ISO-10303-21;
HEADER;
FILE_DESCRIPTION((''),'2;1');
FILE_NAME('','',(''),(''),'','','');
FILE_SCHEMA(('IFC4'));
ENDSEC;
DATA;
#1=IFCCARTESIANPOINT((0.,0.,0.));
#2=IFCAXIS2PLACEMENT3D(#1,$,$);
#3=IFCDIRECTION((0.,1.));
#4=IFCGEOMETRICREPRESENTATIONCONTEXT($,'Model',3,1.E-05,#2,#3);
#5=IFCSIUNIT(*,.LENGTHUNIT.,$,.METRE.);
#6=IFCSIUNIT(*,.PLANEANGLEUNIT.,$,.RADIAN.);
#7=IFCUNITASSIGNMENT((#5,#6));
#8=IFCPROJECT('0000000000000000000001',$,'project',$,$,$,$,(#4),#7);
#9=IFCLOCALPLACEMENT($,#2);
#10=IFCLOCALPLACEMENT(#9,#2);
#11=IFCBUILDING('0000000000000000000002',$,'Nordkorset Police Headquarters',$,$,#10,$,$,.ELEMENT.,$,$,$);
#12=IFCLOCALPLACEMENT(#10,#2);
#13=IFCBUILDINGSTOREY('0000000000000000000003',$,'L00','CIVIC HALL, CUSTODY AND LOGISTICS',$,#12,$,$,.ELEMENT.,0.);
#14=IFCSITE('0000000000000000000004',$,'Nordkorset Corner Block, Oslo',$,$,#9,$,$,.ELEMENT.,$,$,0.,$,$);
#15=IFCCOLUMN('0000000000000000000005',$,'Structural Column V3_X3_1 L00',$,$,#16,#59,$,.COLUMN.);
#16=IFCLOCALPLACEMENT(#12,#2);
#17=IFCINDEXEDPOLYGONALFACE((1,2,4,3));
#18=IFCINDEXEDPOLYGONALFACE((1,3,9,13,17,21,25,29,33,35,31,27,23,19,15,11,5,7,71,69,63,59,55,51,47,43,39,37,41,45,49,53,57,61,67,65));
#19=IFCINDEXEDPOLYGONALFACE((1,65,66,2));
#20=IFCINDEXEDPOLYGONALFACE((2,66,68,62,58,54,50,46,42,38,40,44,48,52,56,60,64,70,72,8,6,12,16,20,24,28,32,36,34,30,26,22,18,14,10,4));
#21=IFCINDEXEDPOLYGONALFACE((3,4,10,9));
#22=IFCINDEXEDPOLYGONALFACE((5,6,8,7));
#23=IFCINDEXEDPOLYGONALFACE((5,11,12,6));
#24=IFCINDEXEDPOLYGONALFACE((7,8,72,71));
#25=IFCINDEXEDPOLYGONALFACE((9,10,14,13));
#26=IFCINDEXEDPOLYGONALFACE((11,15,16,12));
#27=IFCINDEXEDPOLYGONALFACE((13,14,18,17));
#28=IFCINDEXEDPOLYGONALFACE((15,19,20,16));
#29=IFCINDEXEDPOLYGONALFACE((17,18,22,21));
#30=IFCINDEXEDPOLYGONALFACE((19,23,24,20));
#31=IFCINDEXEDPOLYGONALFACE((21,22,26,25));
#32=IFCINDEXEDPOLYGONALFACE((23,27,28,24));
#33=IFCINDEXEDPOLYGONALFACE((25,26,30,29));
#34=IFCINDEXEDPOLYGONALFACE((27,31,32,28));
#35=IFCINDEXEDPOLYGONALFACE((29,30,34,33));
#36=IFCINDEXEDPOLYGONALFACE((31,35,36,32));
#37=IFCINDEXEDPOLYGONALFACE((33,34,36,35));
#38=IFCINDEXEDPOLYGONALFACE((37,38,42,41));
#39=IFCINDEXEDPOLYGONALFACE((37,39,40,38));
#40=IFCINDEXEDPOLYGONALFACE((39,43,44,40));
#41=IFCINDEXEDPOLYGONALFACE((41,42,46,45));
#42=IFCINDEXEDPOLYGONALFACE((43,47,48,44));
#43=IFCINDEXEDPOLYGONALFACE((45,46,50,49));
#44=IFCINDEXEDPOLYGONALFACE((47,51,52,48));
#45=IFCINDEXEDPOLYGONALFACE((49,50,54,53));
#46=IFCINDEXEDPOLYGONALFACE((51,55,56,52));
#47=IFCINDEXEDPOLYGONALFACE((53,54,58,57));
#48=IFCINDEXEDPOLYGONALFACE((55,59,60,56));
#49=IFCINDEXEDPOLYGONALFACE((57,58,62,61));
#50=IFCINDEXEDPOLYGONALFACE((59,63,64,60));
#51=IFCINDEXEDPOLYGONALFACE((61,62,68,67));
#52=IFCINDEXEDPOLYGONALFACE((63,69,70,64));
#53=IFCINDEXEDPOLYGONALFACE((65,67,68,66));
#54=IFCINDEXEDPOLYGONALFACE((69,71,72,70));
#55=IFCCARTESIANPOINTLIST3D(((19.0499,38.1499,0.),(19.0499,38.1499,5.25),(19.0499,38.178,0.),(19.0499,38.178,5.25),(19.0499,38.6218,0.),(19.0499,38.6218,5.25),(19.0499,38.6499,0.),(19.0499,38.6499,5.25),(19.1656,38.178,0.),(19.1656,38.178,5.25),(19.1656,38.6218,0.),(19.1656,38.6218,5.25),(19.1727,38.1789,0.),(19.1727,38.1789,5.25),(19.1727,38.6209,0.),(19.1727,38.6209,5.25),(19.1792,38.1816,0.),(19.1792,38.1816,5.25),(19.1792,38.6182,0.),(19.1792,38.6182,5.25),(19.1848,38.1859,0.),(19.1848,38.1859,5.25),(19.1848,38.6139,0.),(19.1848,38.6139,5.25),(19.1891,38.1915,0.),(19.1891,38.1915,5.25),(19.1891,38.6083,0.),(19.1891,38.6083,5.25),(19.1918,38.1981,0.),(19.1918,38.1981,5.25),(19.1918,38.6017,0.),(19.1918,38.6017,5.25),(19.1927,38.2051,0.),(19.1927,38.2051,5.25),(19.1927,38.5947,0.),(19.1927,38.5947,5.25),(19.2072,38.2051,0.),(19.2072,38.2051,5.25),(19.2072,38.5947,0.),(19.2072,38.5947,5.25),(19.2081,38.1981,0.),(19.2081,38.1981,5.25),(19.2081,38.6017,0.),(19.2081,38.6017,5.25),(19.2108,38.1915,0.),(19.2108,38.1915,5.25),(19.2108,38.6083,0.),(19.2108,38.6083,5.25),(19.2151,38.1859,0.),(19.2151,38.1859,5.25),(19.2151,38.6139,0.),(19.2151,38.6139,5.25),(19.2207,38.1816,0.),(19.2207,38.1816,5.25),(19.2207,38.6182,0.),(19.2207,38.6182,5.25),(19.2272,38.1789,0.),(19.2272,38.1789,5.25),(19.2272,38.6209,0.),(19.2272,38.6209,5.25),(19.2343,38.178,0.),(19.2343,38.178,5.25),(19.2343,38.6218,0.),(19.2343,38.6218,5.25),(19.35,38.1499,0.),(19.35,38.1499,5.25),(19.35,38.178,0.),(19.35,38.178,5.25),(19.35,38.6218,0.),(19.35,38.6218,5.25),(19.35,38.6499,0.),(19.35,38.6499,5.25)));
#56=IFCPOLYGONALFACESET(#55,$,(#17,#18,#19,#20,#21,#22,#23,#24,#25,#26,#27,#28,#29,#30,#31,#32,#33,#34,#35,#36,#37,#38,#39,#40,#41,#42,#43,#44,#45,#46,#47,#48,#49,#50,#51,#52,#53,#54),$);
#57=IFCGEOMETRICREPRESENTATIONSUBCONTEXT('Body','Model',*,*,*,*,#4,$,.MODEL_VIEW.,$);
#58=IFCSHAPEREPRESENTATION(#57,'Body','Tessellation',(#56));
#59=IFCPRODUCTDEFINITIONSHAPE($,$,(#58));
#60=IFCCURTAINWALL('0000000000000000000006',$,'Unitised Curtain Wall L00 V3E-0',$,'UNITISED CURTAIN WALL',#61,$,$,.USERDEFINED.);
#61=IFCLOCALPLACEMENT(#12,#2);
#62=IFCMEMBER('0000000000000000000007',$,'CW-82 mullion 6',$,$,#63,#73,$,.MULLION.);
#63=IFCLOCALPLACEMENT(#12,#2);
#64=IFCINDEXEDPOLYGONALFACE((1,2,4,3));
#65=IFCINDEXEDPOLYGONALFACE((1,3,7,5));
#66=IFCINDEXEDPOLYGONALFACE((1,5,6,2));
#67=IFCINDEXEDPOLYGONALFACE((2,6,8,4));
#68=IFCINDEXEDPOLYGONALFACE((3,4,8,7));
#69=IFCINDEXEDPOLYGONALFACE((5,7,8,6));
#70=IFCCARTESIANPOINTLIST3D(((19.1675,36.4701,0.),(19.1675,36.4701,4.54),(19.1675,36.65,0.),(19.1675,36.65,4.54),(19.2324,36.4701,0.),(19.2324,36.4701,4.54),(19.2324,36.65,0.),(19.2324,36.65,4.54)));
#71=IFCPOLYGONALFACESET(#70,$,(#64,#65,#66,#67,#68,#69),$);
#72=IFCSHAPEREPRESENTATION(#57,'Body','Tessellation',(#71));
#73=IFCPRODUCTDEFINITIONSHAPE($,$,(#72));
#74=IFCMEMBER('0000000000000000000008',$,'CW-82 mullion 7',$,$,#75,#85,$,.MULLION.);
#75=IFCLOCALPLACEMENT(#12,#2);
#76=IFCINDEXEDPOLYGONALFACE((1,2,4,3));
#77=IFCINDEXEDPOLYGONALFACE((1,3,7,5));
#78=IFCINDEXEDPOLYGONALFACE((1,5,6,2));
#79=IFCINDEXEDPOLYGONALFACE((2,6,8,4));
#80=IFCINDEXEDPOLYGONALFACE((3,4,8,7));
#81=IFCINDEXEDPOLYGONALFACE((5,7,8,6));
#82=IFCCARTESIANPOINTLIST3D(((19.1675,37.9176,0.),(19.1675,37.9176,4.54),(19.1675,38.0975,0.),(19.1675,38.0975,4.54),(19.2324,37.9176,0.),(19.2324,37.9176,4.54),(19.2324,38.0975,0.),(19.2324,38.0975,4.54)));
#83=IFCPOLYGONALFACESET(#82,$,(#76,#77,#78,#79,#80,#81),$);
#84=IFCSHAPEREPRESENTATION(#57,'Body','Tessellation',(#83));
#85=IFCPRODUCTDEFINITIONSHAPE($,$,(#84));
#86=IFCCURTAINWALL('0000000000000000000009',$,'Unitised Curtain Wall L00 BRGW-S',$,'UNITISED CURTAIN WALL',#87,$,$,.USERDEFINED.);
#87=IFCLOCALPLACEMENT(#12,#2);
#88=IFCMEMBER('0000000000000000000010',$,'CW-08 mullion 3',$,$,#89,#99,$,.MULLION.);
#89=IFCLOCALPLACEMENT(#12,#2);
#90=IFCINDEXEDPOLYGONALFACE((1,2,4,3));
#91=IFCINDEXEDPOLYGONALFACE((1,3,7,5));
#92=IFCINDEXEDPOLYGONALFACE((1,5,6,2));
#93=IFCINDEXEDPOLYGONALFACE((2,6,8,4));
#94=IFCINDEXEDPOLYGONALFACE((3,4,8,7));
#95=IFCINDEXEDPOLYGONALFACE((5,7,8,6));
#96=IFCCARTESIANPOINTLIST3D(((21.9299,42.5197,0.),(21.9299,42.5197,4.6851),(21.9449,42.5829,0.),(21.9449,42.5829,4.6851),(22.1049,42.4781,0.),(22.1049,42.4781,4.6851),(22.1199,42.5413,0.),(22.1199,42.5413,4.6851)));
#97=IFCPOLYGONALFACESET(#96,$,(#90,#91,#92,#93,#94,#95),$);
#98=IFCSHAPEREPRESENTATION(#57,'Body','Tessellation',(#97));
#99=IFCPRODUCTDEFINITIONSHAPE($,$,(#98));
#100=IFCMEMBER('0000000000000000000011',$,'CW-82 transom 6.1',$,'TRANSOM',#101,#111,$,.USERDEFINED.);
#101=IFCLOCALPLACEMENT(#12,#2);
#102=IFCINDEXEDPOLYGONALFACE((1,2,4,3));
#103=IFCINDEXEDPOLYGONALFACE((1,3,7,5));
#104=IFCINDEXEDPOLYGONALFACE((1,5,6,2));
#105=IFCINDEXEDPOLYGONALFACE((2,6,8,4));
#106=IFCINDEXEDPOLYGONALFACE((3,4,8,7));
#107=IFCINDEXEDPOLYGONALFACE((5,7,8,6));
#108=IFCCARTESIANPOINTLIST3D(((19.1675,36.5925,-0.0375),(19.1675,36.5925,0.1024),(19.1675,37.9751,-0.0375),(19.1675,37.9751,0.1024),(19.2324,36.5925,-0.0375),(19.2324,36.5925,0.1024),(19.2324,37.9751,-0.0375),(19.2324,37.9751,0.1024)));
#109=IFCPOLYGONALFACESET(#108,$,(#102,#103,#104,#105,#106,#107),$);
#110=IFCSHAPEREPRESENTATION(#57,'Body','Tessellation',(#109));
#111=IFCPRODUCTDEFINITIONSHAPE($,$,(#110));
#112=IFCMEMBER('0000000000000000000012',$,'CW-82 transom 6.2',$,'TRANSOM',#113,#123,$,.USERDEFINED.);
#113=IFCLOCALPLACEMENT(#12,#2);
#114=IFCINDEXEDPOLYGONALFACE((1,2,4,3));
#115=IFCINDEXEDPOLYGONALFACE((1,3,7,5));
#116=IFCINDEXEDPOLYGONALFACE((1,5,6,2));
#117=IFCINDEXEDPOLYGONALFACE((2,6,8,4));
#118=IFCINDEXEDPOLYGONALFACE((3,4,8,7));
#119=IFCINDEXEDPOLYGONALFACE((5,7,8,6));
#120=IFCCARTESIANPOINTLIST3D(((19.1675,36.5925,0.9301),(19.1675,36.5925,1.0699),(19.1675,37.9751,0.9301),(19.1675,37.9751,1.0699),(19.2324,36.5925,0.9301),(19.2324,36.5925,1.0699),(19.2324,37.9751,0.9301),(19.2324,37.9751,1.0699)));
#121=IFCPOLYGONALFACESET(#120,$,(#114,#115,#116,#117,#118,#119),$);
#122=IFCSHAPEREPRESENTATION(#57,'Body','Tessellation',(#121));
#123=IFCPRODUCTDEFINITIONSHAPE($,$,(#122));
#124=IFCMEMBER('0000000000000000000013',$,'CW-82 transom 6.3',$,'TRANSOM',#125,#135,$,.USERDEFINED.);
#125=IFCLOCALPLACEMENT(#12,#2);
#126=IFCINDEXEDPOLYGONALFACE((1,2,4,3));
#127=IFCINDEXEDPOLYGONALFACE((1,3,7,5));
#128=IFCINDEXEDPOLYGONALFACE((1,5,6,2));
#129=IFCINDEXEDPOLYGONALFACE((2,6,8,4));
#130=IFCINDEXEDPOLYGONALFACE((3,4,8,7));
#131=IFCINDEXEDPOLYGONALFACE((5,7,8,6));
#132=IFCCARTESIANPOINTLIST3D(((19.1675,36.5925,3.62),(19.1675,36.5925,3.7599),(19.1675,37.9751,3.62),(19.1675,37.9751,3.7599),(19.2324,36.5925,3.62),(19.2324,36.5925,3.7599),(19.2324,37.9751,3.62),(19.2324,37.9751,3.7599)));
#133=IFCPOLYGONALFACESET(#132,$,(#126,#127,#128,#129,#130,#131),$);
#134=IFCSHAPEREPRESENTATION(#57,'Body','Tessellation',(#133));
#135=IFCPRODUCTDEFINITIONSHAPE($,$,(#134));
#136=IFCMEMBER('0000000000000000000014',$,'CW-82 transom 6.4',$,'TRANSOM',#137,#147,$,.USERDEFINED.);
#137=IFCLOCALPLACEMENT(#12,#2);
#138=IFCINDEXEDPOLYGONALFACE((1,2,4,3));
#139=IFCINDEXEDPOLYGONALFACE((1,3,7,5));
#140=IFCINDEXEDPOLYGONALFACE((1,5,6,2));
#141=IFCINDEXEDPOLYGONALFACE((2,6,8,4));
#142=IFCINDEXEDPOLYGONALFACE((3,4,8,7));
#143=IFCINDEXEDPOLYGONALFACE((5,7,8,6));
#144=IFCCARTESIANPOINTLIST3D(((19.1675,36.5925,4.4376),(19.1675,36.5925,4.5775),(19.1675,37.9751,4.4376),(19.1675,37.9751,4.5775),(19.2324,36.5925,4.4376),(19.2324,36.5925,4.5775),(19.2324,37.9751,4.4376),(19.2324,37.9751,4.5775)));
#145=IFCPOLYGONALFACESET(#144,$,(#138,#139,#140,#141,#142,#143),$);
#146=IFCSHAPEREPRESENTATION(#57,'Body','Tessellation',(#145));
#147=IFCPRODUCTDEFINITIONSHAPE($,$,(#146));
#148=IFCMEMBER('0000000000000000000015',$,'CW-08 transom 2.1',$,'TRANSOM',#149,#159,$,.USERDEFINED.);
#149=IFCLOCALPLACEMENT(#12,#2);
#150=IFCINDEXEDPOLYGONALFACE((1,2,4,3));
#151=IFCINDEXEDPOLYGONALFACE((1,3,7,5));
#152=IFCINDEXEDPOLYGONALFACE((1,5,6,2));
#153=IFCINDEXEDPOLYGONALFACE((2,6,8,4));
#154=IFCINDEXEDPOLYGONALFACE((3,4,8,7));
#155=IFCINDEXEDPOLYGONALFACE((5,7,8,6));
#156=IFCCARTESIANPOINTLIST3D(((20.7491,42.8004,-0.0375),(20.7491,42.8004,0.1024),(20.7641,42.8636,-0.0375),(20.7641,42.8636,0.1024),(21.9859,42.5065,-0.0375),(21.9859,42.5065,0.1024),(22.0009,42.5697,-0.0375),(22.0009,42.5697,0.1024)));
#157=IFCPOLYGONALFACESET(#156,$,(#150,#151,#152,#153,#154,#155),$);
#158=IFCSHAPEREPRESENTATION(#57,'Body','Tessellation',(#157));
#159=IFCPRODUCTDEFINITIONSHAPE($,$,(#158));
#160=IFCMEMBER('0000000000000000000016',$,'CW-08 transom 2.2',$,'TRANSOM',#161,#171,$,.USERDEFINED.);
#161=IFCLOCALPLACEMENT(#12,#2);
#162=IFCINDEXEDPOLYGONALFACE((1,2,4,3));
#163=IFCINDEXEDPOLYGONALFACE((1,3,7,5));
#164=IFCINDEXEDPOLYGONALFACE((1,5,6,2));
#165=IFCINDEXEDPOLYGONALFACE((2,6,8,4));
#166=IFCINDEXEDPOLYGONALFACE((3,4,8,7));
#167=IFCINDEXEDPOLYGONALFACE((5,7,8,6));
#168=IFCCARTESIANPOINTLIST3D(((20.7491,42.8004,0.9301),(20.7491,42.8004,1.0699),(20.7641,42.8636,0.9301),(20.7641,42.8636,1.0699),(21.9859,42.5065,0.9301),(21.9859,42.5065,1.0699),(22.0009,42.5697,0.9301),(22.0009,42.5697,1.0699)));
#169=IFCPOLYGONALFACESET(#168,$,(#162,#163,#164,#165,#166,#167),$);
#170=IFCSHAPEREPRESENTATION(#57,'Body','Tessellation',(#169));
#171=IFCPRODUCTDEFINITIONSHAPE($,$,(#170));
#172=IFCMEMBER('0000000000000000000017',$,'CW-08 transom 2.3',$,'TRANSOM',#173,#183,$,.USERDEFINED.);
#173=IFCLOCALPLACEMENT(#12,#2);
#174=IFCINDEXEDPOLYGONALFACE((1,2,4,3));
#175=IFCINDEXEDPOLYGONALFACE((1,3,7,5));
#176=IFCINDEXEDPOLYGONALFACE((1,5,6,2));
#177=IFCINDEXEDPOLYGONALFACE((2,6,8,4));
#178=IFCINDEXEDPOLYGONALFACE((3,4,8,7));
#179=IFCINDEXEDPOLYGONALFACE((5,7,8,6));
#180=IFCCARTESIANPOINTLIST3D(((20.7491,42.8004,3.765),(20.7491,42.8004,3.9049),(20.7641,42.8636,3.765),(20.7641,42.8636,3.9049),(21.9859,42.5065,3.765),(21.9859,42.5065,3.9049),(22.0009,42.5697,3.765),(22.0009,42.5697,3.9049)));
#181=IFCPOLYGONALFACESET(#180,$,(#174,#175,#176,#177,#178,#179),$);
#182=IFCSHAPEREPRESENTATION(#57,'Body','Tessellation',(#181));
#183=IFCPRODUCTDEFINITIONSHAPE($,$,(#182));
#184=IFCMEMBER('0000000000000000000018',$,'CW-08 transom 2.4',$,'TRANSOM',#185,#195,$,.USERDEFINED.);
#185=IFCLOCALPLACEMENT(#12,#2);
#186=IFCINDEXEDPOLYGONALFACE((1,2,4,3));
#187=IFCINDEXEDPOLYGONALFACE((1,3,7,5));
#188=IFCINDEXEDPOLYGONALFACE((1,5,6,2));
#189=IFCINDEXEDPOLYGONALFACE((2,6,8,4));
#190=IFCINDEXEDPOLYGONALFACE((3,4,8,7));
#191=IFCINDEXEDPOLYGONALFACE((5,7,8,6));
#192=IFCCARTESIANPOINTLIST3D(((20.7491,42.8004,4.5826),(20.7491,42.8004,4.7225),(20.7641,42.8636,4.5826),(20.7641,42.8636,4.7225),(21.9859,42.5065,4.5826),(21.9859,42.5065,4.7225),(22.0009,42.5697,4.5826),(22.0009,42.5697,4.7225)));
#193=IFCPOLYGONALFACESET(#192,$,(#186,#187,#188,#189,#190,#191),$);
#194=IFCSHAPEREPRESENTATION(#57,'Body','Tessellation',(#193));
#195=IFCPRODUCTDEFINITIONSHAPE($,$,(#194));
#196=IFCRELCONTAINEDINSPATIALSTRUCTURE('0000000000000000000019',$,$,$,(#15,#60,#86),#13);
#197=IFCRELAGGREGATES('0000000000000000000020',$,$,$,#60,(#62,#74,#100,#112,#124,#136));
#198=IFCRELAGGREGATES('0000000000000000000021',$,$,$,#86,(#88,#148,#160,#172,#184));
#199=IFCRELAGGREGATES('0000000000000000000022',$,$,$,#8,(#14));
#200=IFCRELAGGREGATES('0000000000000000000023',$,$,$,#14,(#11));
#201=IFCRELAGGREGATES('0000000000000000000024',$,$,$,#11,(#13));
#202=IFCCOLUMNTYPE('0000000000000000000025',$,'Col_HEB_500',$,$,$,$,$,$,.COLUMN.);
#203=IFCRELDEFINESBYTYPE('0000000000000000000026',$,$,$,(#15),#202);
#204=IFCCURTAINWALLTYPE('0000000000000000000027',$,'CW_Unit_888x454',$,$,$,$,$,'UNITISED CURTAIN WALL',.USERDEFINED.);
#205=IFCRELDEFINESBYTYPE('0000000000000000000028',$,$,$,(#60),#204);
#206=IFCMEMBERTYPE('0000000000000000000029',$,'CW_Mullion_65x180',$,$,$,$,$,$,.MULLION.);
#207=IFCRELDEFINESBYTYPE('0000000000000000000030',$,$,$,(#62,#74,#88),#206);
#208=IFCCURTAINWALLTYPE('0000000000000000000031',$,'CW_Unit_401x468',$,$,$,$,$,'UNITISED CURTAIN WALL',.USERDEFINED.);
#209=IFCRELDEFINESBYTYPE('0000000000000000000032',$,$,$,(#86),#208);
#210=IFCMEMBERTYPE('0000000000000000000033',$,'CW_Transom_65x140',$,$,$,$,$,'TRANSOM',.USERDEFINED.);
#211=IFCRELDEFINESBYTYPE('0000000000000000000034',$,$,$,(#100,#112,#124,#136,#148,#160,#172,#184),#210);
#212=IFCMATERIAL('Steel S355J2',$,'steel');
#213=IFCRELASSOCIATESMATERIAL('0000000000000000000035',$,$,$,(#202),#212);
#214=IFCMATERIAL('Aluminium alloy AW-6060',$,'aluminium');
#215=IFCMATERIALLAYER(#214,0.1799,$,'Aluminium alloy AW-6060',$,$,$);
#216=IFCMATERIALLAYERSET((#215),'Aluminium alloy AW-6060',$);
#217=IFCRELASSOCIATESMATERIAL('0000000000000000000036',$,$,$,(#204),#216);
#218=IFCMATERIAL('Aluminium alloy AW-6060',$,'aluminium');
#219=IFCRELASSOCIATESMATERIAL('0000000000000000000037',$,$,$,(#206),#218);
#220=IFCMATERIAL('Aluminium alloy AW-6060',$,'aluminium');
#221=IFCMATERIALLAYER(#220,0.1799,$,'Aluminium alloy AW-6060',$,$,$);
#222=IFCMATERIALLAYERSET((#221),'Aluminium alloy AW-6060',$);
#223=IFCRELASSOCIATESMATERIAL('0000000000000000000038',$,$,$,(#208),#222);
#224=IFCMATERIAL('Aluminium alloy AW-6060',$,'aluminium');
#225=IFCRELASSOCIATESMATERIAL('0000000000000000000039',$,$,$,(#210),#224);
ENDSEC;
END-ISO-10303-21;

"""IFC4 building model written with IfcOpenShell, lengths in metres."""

from ifc_helpers import new_model, si_unit, direction, frame, origin, origin_2d, place, context, subcontext, project, spatial, rectangle, i_section, extrude, material, layer, layer_set, material_profile, profile_set, type_object, element, aggregate, save


model = new_model("IFC4")

# Units and contexts
model_context = context("Model", 3, precision=1e-05, world=origin(), true_north=direction((0.0, 1.0)))
body_context = subcontext(model_context, "Body", "Model", "MODEL_VIEW")
ifc_project = project(units=[si_unit("LENGTHUNIT", "METRE"), si_unit("PLANEANGLEUNIT", "RADIAN")], contexts=[model_context])

# Site, building, storey
site_placement = place(None, origin())
site = spatial("IfcSite", under=ifc_project, at=site_placement, Name="Nordkorset Corner Block, Oslo", CompositionType="ELEMENT", RefElevation=0.0)
building_placement = place(site_placement, origin())
building = spatial("IfcBuilding", under=site, at=building_placement, Name="Nordkorset Police Headquarters", CompositionType="ELEMENT")
storey_placement = place(building_placement, origin())
storey = spatial("IfcBuildingStorey", under=building, at=storey_placement, Name="L00", Description="CIVIC HALL, CUSTODY AND LOGISTICS", CompositionType="ELEMENT", Elevation=0.0)

# Column
ifc_material_1 = material(Name="Steel S355J2", Category="steel")
ifc_material_profile_1 = material_profile(ifc_material_1, i_section(OverallWidth=0.3, OverallDepth=0.5, WebThickness=0.0144, FlangeThickness=0.0281, FilletRadius=0.0271, at=origin_2d()), Name="HEB 500")
ifc_profile_set_1 = profile_set([ifc_material_profile_1], Name="Steel S355J2")
column_type = type_object("IfcColumnType", Name="Col_HEB_500", PredefinedType="COLUMN", material=ifc_profile_set_1)
column_placement = place(storey_placement, frame((19.2, 38.3999, 0.0), z_axis=(0.0, 0.0, 1.0), x_axis=(1.0, 0.0, 0.0)))
element("IfcColumn", 1, at=column_placement, inside=storey, type_object=column_type, Name="Structural Column V3_X3_1 L00", PredefinedType="COLUMN", context=body_context, shape_type="SweptSolid", body=[
    extrude(i_section(OverallWidth=0.3, OverallDepth=0.5, WebThickness=0.0144, FlangeThickness=0.0281, FilletRadius=0.0271, at=origin_2d()), origin(), (0.0, 0.0, 1.0), 5.25),
])

# Curtain wall, members
ifc_material_2 = material(Name="Aluminium alloy AW-6060", Category="aluminium")
ifc_layer_1 = layer(ifc_material_2, 0.1799, Name="Aluminium alloy AW-6060")
ifc_layer_set_1 = layer_set([ifc_layer_1], Name="Aluminium alloy AW-6060")
curtain_wall_type_1 = type_object("IfcCurtainWallType", Name="CW_Unit_888x454", ElementType="UNITISED CURTAIN WALL", PredefinedType="USERDEFINED", material=ifc_layer_set_1)
curtain_wall_1_placement = place(storey_placement, origin())
curtain_wall_1 = element("IfcCurtainWall", 2, at=curtain_wall_1_placement, inside=storey, type_object=curtain_wall_type_1, Name="Unitised Curtain Wall L00 V3E-0", ObjectType="UNITISED CURTAIN WALL", PredefinedType="USERDEFINED")
ifc_material_3 = material(Name="Aluminium alloy AW-6060", Category="aluminium")
ifc_material_profile_2 = material_profile(ifc_material_3, rectangle(XDim=0.0649, YDim=0.1799, at=origin_2d()), Name="ALU MULL 65x180")
ifc_profile_set_2 = profile_set([ifc_material_profile_2], Name="Aluminium alloy AW-6060")
member_type_1 = type_object("IfcMemberType", Name="CW_Mullion_65x180", PredefinedType="MULLION", material=ifc_profile_set_2)
member_1_placement = place(storey_placement, frame((19.2, 36.5601, 0.0), z_axis=(0.0, 0.0, 1.0), x_axis=(-1.0, 0.0, 0.0)))
member_1 = element("IfcMember", 3, at=member_1_placement, type_object=member_type_1, Name="CW-82 mullion 6", PredefinedType="MULLION", context=body_context, shape_type="SweptSolid", body=[
    extrude(rectangle(XDim=0.0649, YDim=0.1799, at=origin_2d()), origin(), (0.0, 0.0, 1.0), 4.54),
])
member_2_placement = place(storey_placement, frame((19.2, 38.0076, 0.0), z_axis=(0.0, 0.0, 1.0), x_axis=(-1.0, 0.0, 0.0)))
member_2 = element("IfcMember", 4, at=member_2_placement, type_object=member_type_1, Name="CW-82 mullion 7", PredefinedType="MULLION", context=body_context, shape_type="SweptSolid", body=[
    extrude(rectangle(XDim=0.0649, YDim=0.1799, at=origin_2d()), origin(), (0.0, 0.0, 1.0), 4.54),
])

# Curtain wall, member
ifc_material_4 = material(Name="Aluminium alloy AW-6060", Category="aluminium")
ifc_layer_2 = layer(ifc_material_4, 0.1799, Name="Aluminium alloy AW-6060")
ifc_layer_set_2 = layer_set([ifc_layer_2], Name="Aluminium alloy AW-6060")
curtain_wall_type_2 = type_object("IfcCurtainWallType", Name="CW_Unit_401x468", ElementType="UNITISED CURTAIN WALL", PredefinedType="USERDEFINED", material=ifc_layer_set_2)
curtain_wall_2_placement = place(storey_placement, origin())
curtain_wall_2 = element("IfcCurtainWall", 5, at=curtain_wall_2_placement, inside=storey, type_object=curtain_wall_type_2, Name="Unitised Curtain Wall L00 BRGW-S", ObjectType="UNITISED CURTAIN WALL", PredefinedType="USERDEFINED")
member_3_placement = place(storey_placement, frame((22.0249, 42.5305, 0.0), z_axis=(0.0, 0.0, 1.0), x_axis=(0.231206, 0.972905, 0.0)))
member_3 = element("IfcMember", 6, at=member_3_placement, type_object=member_type_1, Name="CW-08 mullion 3", PredefinedType="MULLION", context=body_context, shape_type="SweptSolid", body=[
    extrude(rectangle(XDim=0.0649, YDim=0.1799, at=origin_2d()), origin(), (0.0, 0.0, 1.0), 4.6851),
])

# Members
ifc_material_5 = material(Name="Aluminium alloy AW-6060", Category="aluminium")
ifc_material_profile_3 = material_profile(ifc_material_5, rectangle(XDim=0.0649, YDim=0.1399, at=origin_2d()), Name="ALU TRAN 65x140")
ifc_profile_set_3 = profile_set([ifc_material_profile_3], Name="Aluminium alloy AW-6060")
member_type_2 = type_object("IfcMemberType", Name="CW_Transom_65x140", ElementType="TRANSOM", PredefinedType="USERDEFINED", material=ifc_profile_set_3)
member_4_placement = place(storey_placement, frame((19.2, 36.5925, 0.0325), z_axis=(0.0, 1.0, 0.0), x_axis=(-1.0, 0.0, 0.0)))
member_4 = element("IfcMember", 7, at=member_4_placement, type_object=member_type_2, Name="CW-82 transom 6.1", ObjectType="TRANSOM", PredefinedType="USERDEFINED", context=body_context, shape_type="SweptSolid", body=[
    extrude(rectangle(XDim=0.0649, YDim=0.1399, at=origin_2d()), origin(), (0.0, 0.0, 1.0), 1.3826),
])
member_5_placement = place(storey_placement, frame((19.2, 36.5925, 1.0), z_axis=(0.0, 1.0, 0.0), x_axis=(-1.0, 0.0, 0.0)))
member_5 = element("IfcMember", 8, at=member_5_placement, type_object=member_type_2, Name="CW-82 transom 6.2", ObjectType="TRANSOM", PredefinedType="USERDEFINED", context=body_context, shape_type="SweptSolid", body=[
    extrude(rectangle(XDim=0.0649, YDim=0.1399, at=origin_2d()), origin(), (0.0, 0.0, 1.0), 1.3826),
])
member_6_placement = place(storey_placement, frame((19.2, 36.5925, 3.6899), z_axis=(0.0, 1.0, 0.0), x_axis=(-1.0, 0.0, 0.0)))
member_6 = element("IfcMember", 9, at=member_6_placement, type_object=member_type_2, Name="CW-82 transom 6.3", ObjectType="TRANSOM", PredefinedType="USERDEFINED", context=body_context, shape_type="SweptSolid", body=[
    extrude(rectangle(XDim=0.0649, YDim=0.1399, at=origin_2d()), origin(), (0.0, 0.0, 1.0), 1.3826),
])
member_7_placement = place(storey_placement, frame((19.2, 36.5925, 4.5076), z_axis=(0.0, 1.0, 0.0), x_axis=(-1.0, 0.0, 0.0)))
member_7 = element("IfcMember", 10, at=member_7_placement, type_object=member_type_2, Name="CW-82 transom 6.4", ObjectType="TRANSOM", PredefinedType="USERDEFINED", context=body_context, shape_type="SweptSolid", body=[
    extrude(rectangle(XDim=0.0649, YDim=0.1399, at=origin_2d()), origin(), (0.0, 0.0, 1.0), 1.3826),
])
member_8_placement = place(storey_placement, frame((20.7566, 42.832, 0.0325), z_axis=(0.972901, -0.231222, 0.0), x_axis=(0.231222, 0.972901, 0.0)))
member_8 = element("IfcMember", 11, at=member_8_placement, type_object=member_type_2, Name="CW-08 transom 2.1", ObjectType="TRANSOM", PredefinedType="USERDEFINED", context=body_context, shape_type="SweptSolid", body=[
    extrude(rectangle(XDim=0.0649, YDim=0.1399, at=origin_2d()), origin(), (0.0, 0.0, 1.0), 1.2712),
])
member_9_placement = place(storey_placement, frame((20.7566, 42.832, 1.0), z_axis=(0.972901, -0.231222, 0.0), x_axis=(0.231222, 0.972901, 0.0)))
member_9 = element("IfcMember", 12, at=member_9_placement, type_object=member_type_2, Name="CW-08 transom 2.2", ObjectType="TRANSOM", PredefinedType="USERDEFINED", context=body_context, shape_type="SweptSolid", body=[
    extrude(rectangle(XDim=0.0649, YDim=0.1399, at=origin_2d()), origin(), (0.0, 0.0, 1.0), 1.2712),
])
member_10_placement = place(storey_placement, frame((20.7566, 42.832, 3.835), z_axis=(0.972901, -0.231222, 0.0), x_axis=(0.231222, 0.972901, 0.0)))
member_10 = element("IfcMember", 13, at=member_10_placement, type_object=member_type_2, Name="CW-08 transom 2.3", ObjectType="TRANSOM", PredefinedType="USERDEFINED", context=body_context, shape_type="SweptSolid", body=[
    extrude(rectangle(XDim=0.0649, YDim=0.1399, at=origin_2d()), origin(), (0.0, 0.0, 1.0), 1.2712),
])
member_11_placement = place(storey_placement, frame((20.7566, 42.832, 4.6526), z_axis=(0.972901, -0.231222, 0.0), x_axis=(0.231222, 0.972901, 0.0)))
member_11 = element("IfcMember", 14, at=member_11_placement, type_object=member_type_2, Name="CW-08 transom 2.4", ObjectType="TRANSOM", PredefinedType="USERDEFINED", context=body_context, shape_type="SweptSolid", body=[
    extrude(rectangle(XDim=0.0649, YDim=0.1399, at=origin_2d()), origin(), (0.0, 0.0, 1.0), 1.2712),
])

aggregate(curtain_wall_1, [member_1, member_2, member_4, member_5, member_6, member_7])
aggregate(curtain_wall_2, [member_3, member_8, member_9, member_10, member_11])

save(model, "model.ifc")
